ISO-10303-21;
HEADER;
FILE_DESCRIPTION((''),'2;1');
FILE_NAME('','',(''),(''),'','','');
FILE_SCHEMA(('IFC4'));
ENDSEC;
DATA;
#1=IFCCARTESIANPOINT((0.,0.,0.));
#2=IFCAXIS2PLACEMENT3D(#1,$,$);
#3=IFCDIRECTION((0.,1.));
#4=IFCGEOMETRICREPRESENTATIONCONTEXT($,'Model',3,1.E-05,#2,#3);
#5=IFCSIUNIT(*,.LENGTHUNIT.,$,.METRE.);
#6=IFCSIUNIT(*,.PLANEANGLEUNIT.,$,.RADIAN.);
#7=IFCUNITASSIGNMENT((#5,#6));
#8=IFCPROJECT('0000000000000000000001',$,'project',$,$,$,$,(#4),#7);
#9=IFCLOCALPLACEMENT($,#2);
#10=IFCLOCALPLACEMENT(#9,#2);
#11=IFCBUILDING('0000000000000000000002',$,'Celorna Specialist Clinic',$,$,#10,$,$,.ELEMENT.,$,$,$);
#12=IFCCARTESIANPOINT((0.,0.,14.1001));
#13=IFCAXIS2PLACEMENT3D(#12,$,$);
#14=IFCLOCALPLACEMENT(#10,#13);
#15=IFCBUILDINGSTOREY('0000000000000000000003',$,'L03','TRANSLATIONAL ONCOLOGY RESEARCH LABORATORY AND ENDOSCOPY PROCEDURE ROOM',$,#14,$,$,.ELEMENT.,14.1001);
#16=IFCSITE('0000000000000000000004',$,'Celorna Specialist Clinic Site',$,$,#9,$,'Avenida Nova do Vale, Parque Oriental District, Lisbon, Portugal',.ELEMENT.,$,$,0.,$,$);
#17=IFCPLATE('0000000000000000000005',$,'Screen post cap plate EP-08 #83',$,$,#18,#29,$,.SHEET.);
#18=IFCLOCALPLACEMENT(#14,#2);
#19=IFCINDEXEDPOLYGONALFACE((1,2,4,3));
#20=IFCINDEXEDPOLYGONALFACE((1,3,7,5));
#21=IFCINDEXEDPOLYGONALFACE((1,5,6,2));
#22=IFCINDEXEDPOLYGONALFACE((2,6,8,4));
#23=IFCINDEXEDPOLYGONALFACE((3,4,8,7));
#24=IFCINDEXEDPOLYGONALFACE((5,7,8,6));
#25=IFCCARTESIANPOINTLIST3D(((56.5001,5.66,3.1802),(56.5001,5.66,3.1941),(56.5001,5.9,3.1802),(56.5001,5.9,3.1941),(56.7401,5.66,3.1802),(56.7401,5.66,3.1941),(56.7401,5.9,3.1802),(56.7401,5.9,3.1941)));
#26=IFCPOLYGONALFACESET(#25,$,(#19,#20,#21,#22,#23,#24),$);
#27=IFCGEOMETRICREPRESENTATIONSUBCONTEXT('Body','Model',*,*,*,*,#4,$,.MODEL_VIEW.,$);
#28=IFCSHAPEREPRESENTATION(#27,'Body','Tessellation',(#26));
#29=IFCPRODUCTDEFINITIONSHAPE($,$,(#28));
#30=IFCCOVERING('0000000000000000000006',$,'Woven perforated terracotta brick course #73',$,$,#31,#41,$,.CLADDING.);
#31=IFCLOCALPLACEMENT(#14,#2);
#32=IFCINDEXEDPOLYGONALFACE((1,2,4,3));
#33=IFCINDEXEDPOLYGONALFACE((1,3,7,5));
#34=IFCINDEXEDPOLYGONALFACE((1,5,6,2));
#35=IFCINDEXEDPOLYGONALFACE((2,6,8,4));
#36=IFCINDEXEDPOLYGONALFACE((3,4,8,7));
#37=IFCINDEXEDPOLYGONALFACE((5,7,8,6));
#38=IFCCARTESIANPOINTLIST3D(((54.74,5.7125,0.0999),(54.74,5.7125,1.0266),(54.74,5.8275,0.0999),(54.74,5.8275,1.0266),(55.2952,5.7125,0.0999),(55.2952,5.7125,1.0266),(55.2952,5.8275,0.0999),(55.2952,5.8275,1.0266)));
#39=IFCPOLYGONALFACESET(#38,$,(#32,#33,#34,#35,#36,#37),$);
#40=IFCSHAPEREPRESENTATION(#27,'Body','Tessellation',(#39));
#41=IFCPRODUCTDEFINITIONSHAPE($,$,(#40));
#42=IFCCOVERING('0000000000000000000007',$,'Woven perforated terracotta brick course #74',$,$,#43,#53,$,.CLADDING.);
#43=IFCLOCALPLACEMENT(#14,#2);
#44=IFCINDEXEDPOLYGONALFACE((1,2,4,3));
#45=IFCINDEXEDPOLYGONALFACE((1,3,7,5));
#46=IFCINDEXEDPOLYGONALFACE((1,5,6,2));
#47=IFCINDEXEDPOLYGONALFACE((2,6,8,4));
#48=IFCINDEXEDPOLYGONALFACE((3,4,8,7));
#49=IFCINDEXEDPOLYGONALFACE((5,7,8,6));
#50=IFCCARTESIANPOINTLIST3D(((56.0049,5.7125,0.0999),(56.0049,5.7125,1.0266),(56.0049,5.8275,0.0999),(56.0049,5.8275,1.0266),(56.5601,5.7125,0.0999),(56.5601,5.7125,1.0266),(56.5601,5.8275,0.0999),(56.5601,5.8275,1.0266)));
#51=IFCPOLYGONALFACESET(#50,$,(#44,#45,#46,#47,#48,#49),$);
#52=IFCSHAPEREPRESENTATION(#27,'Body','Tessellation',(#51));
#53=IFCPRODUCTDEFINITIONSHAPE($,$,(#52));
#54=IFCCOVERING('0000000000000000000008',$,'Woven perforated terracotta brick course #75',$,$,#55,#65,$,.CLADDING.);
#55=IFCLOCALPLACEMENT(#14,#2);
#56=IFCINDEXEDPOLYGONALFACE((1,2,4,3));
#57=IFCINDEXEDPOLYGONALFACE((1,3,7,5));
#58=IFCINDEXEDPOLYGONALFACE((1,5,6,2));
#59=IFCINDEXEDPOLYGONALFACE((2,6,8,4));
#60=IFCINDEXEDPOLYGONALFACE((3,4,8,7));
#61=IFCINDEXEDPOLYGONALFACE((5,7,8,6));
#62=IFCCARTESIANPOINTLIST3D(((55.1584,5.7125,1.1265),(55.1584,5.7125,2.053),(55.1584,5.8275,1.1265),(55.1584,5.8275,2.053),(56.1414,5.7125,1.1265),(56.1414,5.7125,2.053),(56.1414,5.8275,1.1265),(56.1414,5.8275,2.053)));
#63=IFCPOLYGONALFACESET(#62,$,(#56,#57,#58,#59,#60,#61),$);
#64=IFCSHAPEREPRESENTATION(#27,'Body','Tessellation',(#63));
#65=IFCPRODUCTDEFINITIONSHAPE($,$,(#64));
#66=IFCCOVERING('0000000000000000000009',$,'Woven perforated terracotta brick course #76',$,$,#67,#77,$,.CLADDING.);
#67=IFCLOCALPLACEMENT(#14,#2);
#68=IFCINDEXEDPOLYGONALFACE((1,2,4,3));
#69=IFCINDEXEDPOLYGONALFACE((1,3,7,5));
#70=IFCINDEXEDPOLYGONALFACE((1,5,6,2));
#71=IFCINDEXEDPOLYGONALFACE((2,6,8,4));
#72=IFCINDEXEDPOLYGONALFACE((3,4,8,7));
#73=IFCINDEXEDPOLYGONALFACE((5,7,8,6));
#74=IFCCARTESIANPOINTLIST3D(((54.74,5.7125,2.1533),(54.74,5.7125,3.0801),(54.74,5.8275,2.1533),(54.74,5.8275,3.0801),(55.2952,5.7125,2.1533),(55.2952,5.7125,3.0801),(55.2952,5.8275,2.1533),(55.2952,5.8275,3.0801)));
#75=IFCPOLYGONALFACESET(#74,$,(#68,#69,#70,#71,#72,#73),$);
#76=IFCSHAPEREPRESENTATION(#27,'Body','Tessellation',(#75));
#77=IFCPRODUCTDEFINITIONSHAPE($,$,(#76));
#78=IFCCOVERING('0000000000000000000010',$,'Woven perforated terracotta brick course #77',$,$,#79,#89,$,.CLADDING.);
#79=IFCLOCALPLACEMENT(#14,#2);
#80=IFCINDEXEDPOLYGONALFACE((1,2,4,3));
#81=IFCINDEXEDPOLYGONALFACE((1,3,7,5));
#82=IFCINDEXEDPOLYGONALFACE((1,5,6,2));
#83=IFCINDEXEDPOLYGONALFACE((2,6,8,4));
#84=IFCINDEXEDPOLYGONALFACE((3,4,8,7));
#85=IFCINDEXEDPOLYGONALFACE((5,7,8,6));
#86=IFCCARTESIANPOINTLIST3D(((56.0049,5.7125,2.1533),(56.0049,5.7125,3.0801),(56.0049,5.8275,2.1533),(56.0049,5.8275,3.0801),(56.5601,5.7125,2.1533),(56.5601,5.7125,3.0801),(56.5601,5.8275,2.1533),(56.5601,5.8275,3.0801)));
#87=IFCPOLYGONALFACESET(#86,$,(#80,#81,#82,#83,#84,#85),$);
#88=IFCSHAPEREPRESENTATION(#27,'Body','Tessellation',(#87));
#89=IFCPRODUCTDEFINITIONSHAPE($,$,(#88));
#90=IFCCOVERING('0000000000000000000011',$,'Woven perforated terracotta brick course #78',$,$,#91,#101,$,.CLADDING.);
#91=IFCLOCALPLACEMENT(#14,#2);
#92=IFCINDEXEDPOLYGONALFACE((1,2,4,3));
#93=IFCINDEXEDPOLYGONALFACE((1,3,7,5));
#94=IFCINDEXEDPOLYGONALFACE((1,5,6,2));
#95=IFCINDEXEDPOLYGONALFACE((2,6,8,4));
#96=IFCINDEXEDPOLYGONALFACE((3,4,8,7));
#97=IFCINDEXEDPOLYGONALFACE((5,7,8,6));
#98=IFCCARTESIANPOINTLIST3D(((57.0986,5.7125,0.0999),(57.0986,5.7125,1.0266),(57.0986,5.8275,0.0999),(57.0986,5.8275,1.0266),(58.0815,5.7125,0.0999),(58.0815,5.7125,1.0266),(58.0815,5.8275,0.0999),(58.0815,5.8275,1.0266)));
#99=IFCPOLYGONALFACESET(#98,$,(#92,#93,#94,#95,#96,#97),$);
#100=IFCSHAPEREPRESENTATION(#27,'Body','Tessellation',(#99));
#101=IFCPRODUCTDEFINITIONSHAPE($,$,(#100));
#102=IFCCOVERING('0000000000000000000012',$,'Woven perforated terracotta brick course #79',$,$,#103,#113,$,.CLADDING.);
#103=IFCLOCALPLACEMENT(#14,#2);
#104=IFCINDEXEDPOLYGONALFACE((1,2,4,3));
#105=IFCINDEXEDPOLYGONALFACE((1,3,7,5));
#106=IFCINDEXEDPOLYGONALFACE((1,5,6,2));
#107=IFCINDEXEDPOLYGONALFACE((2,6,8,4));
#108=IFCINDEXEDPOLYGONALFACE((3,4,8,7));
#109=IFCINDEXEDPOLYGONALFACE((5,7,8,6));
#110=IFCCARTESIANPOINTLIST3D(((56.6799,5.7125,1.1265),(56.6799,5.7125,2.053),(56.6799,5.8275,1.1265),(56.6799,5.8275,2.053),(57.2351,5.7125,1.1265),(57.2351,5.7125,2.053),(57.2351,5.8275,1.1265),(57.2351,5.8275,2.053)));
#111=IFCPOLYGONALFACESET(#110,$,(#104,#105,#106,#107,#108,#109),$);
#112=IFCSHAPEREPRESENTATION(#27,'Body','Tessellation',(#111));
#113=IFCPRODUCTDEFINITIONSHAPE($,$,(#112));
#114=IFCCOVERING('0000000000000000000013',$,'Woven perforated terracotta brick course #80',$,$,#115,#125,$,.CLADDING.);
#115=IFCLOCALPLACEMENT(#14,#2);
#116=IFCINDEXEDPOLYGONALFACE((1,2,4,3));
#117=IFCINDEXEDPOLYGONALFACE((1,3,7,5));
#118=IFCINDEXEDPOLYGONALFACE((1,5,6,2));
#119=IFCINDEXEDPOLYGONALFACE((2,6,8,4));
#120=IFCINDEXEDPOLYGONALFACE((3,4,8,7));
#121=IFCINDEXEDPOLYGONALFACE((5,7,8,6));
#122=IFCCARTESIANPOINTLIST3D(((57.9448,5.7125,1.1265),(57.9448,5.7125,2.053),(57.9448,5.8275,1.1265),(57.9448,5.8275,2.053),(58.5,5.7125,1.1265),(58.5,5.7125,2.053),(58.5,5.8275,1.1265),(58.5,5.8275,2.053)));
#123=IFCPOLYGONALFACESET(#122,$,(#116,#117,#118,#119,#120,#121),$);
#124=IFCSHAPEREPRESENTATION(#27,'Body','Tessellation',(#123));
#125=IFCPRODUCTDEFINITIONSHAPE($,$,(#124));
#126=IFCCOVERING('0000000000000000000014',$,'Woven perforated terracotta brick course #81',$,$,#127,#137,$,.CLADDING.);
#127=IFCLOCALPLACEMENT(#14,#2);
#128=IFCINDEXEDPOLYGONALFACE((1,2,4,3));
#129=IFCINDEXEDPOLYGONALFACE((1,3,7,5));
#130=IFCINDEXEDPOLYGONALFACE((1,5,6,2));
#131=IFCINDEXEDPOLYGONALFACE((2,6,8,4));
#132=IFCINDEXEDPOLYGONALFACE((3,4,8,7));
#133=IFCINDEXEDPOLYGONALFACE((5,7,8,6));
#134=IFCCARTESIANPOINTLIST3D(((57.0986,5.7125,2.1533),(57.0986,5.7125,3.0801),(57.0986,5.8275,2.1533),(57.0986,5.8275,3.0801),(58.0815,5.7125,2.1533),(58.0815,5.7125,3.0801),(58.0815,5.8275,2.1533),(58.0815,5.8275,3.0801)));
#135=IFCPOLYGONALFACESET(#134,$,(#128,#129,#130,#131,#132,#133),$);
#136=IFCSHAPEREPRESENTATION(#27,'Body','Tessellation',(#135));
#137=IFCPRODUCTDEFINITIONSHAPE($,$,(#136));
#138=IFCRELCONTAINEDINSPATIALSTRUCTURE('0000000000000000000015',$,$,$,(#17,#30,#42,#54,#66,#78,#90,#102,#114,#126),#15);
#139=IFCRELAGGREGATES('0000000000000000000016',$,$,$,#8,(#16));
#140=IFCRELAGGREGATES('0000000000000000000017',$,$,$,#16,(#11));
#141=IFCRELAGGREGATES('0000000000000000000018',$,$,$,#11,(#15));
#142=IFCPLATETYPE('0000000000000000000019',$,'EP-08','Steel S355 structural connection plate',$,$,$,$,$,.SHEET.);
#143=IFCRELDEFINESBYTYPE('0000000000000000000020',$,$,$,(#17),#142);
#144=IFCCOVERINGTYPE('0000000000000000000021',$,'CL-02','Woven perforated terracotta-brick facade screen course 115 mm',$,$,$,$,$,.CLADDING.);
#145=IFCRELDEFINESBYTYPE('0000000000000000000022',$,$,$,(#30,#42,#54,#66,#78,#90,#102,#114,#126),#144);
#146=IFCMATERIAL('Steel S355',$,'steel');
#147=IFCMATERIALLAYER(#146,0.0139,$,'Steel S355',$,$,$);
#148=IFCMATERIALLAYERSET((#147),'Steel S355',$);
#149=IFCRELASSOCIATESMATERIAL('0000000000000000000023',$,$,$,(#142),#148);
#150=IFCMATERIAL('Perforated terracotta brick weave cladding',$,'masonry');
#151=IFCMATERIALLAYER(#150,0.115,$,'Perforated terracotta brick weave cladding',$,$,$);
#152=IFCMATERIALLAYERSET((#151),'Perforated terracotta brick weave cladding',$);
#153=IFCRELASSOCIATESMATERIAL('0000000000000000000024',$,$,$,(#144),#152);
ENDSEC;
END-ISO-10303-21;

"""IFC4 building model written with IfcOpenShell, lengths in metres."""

from ifc_helpers import new_model, si_unit, direction, frame, origin, origin_2d, place, context, subcontext, project, spatial, rectangle, extrude, material, layer, layer_set, type_object, element, save


model = new_model("IFC4")

# Units and contexts
model_context = context("Model", 3, precision=1e-05, world=origin(), true_north=direction((0.0, 1.0)))
body_context = subcontext(model_context, "Body", "Model", "MODEL_VIEW")
ifc_project = project(units=[si_unit("LENGTHUNIT", "METRE"), si_unit("PLANEANGLEUNIT", "RADIAN")], contexts=[model_context])

# Site, building, storey
site_placement = place(None, origin())
site = spatial("IfcSite", under=ifc_project, at=site_placement, Name="Celorna Specialist Clinic Site", LongName="Avenida Nova do Vale, Parque Oriental District, Lisbon, Portugal", CompositionType="ELEMENT", RefElevation=0.0)
building_placement = place(site_placement, origin())
building = spatial("IfcBuilding", under=site, at=building_placement, Name="Celorna Specialist Clinic", CompositionType="ELEMENT")
storey_placement = place(building_placement, frame((0.0, 0.0, 14.1001)))
storey = spatial("IfcBuildingStorey", under=building, at=storey_placement, Name="L03", Description="TRANSLATIONAL ONCOLOGY RESEARCH LABORATORY AND ENDOSCOPY PROCEDURE ROOM", CompositionType="ELEMENT", Elevation=14.1001)

# Shared definitions
ifc_material_1 = material(Name="Steel S355", Category="steel")

# Plate
ifc_layer_1 = layer(ifc_material_1, 0.0139, Name="Steel S355")
ifc_layer_set_1 = layer_set([ifc_layer_1], Name="Steel S355")
plate_type_1 = type_object("IfcPlateType", Name="EP-08", Description="Steel S355 structural connection plate", PredefinedType="SHEET", material=ifc_layer_set_1)
plate_1_placement = place(storey_placement, frame((56.6201, 5.78, 3.1802), z_axis=(0.0, 0.0, 1.0), x_axis=(1.0, 0.0, 0.0)))
element("IfcPlate", 1, at=plate_1_placement, inside=storey, type_object=plate_type_1, Name="Screen post cap plate EP-08 #83", PredefinedType="SHEET", context=body_context, shape_type="SweptSolid", body=[
    extrude(rectangle(XDim=0.24, YDim=0.24, at=origin_2d()), origin(), (0.0, 0.0, 1.0), 0.0139),
])

# Coverings
ifc_material_2 = material(Name="Perforated terracotta brick weave cladding", Category="masonry")
ifc_layer_2 = layer(ifc_material_2, 0.115, Name="Perforated terracotta brick weave cladding")
ifc_layer_set_2 = layer_set([ifc_layer_2], Name="Perforated terracotta brick weave cladding")
covering_type = type_object("IfcCoveringType", Name="CL-02", Description="Woven perforated terracotta-brick facade screen course 115 mm", PredefinedType="CLADDING", material=ifc_layer_set_2)
for number, where, z_axis, x_axis, name in (
    (2, (55.0176, 5.77, 0.0999), (0.0, 0.0, 1.0), (1.0, 0.0, 0.0), "Woven perforated terracotta brick course #73"),
    (3, (56.2825, 5.77, 0.0999), (0.0, 0.0, 1.0), (1.0, 0.0, 0.0), "Woven perforated terracotta brick course #74"),
):
    element("IfcCovering", number, at=place(storey_placement, frame(where, z_axis=z_axis, x_axis=x_axis)), inside=storey, type_object=covering_type, Name=name, PredefinedType="CLADDING", context=body_context, shape_type="SweptSolid", body=[
        extrude(rectangle(XDim=0.5552, YDim=0.115, at=origin_2d()), origin(), (0.0, 0.0, 1.0), 0.9268),
    ])
covering_1_placement = place(storey_placement, frame((55.6499, 5.77, 1.1265), z_axis=(0.0, 0.0, 1.0), x_axis=(1.0, 0.0, 0.0)))
element("IfcCovering", 4, at=covering_1_placement, inside=storey, type_object=covering_type, Name="Woven perforated terracotta brick course #75", PredefinedType="CLADDING", context=body_context, shape_type="SweptSolid", body=[
    extrude(rectangle(XDim=0.9829, YDim=0.115, at=origin_2d()), origin(), (0.0, 0.0, 1.0), 0.9265),
])
for number, where, z_axis, x_axis, name in (
    (5, (55.0176, 5.77, 2.1533), (0.0, 0.0, 1.0), (1.0, 0.0, 0.0), "Woven perforated terracotta brick course #76"),
    (6, (56.2825, 5.77, 2.1533), (0.0, 0.0, 1.0), (1.0, 0.0, 0.0), "Woven perforated terracotta brick course #77"),
):
    element("IfcCovering", number, at=place(storey_placement, frame(where, z_axis=z_axis, x_axis=x_axis)), inside=storey, type_object=covering_type, Name=name, PredefinedType="CLADDING", context=body_context, shape_type="SweptSolid", body=[
        extrude(rectangle(XDim=0.5552, YDim=0.115, at=origin_2d()), origin(), (0.0, 0.0, 1.0), 0.9268),
    ])
covering_2_placement = place(storey_placement, frame((57.5901, 5.77, 0.0999), z_axis=(0.0, 0.0, 1.0), x_axis=(1.0, 0.0, 0.0)))
element("IfcCovering", 7, at=covering_2_placement, inside=storey, type_object=covering_type, Name="Woven perforated terracotta brick course #78", PredefinedType="CLADDING", context=body_context, shape_type="SweptSolid", body=[
    extrude(rectangle(XDim=0.9829, YDim=0.115, at=origin_2d()), origin(), (0.0, 0.0, 1.0), 0.9268),
])
for number, where, z_axis, x_axis, name in (
    (8, (56.9575, 5.77, 1.1265), (0.0, 0.0, 1.0), (1.0, 0.0, 0.0), "Woven perforated terracotta brick course #79"),
    (9, (58.2224, 5.77, 1.1265), (0.0, 0.0, 1.0), (1.0, 0.0, 0.0), "Woven perforated terracotta brick course #80"),
):
    element("IfcCovering", number, at=place(storey_placement, frame(where, z_axis=z_axis, x_axis=x_axis)), inside=storey, type_object=covering_type, Name=name, PredefinedType="CLADDING", context=body_context, shape_type="SweptSolid", body=[
        extrude(rectangle(XDim=0.5552, YDim=0.115, at=origin_2d()), origin(), (0.0, 0.0, 1.0), 0.9265),
    ])
covering_3_placement = place(storey_placement, frame((57.5901, 5.77, 2.1533), z_axis=(0.0, 0.0, 1.0), x_axis=(1.0, 0.0, 0.0)))
element("IfcCovering", 10, at=covering_3_placement, inside=storey, type_object=covering_type, Name="Woven perforated terracotta brick course #81", PredefinedType="CLADDING", context=body_context, shape_type="SweptSolid", body=[
    extrude(rectangle(XDim=0.9829, YDim=0.115, at=origin_2d()), origin(), (0.0, 0.0, 1.0), 0.9268),
])

save(model, "model.ifc")
